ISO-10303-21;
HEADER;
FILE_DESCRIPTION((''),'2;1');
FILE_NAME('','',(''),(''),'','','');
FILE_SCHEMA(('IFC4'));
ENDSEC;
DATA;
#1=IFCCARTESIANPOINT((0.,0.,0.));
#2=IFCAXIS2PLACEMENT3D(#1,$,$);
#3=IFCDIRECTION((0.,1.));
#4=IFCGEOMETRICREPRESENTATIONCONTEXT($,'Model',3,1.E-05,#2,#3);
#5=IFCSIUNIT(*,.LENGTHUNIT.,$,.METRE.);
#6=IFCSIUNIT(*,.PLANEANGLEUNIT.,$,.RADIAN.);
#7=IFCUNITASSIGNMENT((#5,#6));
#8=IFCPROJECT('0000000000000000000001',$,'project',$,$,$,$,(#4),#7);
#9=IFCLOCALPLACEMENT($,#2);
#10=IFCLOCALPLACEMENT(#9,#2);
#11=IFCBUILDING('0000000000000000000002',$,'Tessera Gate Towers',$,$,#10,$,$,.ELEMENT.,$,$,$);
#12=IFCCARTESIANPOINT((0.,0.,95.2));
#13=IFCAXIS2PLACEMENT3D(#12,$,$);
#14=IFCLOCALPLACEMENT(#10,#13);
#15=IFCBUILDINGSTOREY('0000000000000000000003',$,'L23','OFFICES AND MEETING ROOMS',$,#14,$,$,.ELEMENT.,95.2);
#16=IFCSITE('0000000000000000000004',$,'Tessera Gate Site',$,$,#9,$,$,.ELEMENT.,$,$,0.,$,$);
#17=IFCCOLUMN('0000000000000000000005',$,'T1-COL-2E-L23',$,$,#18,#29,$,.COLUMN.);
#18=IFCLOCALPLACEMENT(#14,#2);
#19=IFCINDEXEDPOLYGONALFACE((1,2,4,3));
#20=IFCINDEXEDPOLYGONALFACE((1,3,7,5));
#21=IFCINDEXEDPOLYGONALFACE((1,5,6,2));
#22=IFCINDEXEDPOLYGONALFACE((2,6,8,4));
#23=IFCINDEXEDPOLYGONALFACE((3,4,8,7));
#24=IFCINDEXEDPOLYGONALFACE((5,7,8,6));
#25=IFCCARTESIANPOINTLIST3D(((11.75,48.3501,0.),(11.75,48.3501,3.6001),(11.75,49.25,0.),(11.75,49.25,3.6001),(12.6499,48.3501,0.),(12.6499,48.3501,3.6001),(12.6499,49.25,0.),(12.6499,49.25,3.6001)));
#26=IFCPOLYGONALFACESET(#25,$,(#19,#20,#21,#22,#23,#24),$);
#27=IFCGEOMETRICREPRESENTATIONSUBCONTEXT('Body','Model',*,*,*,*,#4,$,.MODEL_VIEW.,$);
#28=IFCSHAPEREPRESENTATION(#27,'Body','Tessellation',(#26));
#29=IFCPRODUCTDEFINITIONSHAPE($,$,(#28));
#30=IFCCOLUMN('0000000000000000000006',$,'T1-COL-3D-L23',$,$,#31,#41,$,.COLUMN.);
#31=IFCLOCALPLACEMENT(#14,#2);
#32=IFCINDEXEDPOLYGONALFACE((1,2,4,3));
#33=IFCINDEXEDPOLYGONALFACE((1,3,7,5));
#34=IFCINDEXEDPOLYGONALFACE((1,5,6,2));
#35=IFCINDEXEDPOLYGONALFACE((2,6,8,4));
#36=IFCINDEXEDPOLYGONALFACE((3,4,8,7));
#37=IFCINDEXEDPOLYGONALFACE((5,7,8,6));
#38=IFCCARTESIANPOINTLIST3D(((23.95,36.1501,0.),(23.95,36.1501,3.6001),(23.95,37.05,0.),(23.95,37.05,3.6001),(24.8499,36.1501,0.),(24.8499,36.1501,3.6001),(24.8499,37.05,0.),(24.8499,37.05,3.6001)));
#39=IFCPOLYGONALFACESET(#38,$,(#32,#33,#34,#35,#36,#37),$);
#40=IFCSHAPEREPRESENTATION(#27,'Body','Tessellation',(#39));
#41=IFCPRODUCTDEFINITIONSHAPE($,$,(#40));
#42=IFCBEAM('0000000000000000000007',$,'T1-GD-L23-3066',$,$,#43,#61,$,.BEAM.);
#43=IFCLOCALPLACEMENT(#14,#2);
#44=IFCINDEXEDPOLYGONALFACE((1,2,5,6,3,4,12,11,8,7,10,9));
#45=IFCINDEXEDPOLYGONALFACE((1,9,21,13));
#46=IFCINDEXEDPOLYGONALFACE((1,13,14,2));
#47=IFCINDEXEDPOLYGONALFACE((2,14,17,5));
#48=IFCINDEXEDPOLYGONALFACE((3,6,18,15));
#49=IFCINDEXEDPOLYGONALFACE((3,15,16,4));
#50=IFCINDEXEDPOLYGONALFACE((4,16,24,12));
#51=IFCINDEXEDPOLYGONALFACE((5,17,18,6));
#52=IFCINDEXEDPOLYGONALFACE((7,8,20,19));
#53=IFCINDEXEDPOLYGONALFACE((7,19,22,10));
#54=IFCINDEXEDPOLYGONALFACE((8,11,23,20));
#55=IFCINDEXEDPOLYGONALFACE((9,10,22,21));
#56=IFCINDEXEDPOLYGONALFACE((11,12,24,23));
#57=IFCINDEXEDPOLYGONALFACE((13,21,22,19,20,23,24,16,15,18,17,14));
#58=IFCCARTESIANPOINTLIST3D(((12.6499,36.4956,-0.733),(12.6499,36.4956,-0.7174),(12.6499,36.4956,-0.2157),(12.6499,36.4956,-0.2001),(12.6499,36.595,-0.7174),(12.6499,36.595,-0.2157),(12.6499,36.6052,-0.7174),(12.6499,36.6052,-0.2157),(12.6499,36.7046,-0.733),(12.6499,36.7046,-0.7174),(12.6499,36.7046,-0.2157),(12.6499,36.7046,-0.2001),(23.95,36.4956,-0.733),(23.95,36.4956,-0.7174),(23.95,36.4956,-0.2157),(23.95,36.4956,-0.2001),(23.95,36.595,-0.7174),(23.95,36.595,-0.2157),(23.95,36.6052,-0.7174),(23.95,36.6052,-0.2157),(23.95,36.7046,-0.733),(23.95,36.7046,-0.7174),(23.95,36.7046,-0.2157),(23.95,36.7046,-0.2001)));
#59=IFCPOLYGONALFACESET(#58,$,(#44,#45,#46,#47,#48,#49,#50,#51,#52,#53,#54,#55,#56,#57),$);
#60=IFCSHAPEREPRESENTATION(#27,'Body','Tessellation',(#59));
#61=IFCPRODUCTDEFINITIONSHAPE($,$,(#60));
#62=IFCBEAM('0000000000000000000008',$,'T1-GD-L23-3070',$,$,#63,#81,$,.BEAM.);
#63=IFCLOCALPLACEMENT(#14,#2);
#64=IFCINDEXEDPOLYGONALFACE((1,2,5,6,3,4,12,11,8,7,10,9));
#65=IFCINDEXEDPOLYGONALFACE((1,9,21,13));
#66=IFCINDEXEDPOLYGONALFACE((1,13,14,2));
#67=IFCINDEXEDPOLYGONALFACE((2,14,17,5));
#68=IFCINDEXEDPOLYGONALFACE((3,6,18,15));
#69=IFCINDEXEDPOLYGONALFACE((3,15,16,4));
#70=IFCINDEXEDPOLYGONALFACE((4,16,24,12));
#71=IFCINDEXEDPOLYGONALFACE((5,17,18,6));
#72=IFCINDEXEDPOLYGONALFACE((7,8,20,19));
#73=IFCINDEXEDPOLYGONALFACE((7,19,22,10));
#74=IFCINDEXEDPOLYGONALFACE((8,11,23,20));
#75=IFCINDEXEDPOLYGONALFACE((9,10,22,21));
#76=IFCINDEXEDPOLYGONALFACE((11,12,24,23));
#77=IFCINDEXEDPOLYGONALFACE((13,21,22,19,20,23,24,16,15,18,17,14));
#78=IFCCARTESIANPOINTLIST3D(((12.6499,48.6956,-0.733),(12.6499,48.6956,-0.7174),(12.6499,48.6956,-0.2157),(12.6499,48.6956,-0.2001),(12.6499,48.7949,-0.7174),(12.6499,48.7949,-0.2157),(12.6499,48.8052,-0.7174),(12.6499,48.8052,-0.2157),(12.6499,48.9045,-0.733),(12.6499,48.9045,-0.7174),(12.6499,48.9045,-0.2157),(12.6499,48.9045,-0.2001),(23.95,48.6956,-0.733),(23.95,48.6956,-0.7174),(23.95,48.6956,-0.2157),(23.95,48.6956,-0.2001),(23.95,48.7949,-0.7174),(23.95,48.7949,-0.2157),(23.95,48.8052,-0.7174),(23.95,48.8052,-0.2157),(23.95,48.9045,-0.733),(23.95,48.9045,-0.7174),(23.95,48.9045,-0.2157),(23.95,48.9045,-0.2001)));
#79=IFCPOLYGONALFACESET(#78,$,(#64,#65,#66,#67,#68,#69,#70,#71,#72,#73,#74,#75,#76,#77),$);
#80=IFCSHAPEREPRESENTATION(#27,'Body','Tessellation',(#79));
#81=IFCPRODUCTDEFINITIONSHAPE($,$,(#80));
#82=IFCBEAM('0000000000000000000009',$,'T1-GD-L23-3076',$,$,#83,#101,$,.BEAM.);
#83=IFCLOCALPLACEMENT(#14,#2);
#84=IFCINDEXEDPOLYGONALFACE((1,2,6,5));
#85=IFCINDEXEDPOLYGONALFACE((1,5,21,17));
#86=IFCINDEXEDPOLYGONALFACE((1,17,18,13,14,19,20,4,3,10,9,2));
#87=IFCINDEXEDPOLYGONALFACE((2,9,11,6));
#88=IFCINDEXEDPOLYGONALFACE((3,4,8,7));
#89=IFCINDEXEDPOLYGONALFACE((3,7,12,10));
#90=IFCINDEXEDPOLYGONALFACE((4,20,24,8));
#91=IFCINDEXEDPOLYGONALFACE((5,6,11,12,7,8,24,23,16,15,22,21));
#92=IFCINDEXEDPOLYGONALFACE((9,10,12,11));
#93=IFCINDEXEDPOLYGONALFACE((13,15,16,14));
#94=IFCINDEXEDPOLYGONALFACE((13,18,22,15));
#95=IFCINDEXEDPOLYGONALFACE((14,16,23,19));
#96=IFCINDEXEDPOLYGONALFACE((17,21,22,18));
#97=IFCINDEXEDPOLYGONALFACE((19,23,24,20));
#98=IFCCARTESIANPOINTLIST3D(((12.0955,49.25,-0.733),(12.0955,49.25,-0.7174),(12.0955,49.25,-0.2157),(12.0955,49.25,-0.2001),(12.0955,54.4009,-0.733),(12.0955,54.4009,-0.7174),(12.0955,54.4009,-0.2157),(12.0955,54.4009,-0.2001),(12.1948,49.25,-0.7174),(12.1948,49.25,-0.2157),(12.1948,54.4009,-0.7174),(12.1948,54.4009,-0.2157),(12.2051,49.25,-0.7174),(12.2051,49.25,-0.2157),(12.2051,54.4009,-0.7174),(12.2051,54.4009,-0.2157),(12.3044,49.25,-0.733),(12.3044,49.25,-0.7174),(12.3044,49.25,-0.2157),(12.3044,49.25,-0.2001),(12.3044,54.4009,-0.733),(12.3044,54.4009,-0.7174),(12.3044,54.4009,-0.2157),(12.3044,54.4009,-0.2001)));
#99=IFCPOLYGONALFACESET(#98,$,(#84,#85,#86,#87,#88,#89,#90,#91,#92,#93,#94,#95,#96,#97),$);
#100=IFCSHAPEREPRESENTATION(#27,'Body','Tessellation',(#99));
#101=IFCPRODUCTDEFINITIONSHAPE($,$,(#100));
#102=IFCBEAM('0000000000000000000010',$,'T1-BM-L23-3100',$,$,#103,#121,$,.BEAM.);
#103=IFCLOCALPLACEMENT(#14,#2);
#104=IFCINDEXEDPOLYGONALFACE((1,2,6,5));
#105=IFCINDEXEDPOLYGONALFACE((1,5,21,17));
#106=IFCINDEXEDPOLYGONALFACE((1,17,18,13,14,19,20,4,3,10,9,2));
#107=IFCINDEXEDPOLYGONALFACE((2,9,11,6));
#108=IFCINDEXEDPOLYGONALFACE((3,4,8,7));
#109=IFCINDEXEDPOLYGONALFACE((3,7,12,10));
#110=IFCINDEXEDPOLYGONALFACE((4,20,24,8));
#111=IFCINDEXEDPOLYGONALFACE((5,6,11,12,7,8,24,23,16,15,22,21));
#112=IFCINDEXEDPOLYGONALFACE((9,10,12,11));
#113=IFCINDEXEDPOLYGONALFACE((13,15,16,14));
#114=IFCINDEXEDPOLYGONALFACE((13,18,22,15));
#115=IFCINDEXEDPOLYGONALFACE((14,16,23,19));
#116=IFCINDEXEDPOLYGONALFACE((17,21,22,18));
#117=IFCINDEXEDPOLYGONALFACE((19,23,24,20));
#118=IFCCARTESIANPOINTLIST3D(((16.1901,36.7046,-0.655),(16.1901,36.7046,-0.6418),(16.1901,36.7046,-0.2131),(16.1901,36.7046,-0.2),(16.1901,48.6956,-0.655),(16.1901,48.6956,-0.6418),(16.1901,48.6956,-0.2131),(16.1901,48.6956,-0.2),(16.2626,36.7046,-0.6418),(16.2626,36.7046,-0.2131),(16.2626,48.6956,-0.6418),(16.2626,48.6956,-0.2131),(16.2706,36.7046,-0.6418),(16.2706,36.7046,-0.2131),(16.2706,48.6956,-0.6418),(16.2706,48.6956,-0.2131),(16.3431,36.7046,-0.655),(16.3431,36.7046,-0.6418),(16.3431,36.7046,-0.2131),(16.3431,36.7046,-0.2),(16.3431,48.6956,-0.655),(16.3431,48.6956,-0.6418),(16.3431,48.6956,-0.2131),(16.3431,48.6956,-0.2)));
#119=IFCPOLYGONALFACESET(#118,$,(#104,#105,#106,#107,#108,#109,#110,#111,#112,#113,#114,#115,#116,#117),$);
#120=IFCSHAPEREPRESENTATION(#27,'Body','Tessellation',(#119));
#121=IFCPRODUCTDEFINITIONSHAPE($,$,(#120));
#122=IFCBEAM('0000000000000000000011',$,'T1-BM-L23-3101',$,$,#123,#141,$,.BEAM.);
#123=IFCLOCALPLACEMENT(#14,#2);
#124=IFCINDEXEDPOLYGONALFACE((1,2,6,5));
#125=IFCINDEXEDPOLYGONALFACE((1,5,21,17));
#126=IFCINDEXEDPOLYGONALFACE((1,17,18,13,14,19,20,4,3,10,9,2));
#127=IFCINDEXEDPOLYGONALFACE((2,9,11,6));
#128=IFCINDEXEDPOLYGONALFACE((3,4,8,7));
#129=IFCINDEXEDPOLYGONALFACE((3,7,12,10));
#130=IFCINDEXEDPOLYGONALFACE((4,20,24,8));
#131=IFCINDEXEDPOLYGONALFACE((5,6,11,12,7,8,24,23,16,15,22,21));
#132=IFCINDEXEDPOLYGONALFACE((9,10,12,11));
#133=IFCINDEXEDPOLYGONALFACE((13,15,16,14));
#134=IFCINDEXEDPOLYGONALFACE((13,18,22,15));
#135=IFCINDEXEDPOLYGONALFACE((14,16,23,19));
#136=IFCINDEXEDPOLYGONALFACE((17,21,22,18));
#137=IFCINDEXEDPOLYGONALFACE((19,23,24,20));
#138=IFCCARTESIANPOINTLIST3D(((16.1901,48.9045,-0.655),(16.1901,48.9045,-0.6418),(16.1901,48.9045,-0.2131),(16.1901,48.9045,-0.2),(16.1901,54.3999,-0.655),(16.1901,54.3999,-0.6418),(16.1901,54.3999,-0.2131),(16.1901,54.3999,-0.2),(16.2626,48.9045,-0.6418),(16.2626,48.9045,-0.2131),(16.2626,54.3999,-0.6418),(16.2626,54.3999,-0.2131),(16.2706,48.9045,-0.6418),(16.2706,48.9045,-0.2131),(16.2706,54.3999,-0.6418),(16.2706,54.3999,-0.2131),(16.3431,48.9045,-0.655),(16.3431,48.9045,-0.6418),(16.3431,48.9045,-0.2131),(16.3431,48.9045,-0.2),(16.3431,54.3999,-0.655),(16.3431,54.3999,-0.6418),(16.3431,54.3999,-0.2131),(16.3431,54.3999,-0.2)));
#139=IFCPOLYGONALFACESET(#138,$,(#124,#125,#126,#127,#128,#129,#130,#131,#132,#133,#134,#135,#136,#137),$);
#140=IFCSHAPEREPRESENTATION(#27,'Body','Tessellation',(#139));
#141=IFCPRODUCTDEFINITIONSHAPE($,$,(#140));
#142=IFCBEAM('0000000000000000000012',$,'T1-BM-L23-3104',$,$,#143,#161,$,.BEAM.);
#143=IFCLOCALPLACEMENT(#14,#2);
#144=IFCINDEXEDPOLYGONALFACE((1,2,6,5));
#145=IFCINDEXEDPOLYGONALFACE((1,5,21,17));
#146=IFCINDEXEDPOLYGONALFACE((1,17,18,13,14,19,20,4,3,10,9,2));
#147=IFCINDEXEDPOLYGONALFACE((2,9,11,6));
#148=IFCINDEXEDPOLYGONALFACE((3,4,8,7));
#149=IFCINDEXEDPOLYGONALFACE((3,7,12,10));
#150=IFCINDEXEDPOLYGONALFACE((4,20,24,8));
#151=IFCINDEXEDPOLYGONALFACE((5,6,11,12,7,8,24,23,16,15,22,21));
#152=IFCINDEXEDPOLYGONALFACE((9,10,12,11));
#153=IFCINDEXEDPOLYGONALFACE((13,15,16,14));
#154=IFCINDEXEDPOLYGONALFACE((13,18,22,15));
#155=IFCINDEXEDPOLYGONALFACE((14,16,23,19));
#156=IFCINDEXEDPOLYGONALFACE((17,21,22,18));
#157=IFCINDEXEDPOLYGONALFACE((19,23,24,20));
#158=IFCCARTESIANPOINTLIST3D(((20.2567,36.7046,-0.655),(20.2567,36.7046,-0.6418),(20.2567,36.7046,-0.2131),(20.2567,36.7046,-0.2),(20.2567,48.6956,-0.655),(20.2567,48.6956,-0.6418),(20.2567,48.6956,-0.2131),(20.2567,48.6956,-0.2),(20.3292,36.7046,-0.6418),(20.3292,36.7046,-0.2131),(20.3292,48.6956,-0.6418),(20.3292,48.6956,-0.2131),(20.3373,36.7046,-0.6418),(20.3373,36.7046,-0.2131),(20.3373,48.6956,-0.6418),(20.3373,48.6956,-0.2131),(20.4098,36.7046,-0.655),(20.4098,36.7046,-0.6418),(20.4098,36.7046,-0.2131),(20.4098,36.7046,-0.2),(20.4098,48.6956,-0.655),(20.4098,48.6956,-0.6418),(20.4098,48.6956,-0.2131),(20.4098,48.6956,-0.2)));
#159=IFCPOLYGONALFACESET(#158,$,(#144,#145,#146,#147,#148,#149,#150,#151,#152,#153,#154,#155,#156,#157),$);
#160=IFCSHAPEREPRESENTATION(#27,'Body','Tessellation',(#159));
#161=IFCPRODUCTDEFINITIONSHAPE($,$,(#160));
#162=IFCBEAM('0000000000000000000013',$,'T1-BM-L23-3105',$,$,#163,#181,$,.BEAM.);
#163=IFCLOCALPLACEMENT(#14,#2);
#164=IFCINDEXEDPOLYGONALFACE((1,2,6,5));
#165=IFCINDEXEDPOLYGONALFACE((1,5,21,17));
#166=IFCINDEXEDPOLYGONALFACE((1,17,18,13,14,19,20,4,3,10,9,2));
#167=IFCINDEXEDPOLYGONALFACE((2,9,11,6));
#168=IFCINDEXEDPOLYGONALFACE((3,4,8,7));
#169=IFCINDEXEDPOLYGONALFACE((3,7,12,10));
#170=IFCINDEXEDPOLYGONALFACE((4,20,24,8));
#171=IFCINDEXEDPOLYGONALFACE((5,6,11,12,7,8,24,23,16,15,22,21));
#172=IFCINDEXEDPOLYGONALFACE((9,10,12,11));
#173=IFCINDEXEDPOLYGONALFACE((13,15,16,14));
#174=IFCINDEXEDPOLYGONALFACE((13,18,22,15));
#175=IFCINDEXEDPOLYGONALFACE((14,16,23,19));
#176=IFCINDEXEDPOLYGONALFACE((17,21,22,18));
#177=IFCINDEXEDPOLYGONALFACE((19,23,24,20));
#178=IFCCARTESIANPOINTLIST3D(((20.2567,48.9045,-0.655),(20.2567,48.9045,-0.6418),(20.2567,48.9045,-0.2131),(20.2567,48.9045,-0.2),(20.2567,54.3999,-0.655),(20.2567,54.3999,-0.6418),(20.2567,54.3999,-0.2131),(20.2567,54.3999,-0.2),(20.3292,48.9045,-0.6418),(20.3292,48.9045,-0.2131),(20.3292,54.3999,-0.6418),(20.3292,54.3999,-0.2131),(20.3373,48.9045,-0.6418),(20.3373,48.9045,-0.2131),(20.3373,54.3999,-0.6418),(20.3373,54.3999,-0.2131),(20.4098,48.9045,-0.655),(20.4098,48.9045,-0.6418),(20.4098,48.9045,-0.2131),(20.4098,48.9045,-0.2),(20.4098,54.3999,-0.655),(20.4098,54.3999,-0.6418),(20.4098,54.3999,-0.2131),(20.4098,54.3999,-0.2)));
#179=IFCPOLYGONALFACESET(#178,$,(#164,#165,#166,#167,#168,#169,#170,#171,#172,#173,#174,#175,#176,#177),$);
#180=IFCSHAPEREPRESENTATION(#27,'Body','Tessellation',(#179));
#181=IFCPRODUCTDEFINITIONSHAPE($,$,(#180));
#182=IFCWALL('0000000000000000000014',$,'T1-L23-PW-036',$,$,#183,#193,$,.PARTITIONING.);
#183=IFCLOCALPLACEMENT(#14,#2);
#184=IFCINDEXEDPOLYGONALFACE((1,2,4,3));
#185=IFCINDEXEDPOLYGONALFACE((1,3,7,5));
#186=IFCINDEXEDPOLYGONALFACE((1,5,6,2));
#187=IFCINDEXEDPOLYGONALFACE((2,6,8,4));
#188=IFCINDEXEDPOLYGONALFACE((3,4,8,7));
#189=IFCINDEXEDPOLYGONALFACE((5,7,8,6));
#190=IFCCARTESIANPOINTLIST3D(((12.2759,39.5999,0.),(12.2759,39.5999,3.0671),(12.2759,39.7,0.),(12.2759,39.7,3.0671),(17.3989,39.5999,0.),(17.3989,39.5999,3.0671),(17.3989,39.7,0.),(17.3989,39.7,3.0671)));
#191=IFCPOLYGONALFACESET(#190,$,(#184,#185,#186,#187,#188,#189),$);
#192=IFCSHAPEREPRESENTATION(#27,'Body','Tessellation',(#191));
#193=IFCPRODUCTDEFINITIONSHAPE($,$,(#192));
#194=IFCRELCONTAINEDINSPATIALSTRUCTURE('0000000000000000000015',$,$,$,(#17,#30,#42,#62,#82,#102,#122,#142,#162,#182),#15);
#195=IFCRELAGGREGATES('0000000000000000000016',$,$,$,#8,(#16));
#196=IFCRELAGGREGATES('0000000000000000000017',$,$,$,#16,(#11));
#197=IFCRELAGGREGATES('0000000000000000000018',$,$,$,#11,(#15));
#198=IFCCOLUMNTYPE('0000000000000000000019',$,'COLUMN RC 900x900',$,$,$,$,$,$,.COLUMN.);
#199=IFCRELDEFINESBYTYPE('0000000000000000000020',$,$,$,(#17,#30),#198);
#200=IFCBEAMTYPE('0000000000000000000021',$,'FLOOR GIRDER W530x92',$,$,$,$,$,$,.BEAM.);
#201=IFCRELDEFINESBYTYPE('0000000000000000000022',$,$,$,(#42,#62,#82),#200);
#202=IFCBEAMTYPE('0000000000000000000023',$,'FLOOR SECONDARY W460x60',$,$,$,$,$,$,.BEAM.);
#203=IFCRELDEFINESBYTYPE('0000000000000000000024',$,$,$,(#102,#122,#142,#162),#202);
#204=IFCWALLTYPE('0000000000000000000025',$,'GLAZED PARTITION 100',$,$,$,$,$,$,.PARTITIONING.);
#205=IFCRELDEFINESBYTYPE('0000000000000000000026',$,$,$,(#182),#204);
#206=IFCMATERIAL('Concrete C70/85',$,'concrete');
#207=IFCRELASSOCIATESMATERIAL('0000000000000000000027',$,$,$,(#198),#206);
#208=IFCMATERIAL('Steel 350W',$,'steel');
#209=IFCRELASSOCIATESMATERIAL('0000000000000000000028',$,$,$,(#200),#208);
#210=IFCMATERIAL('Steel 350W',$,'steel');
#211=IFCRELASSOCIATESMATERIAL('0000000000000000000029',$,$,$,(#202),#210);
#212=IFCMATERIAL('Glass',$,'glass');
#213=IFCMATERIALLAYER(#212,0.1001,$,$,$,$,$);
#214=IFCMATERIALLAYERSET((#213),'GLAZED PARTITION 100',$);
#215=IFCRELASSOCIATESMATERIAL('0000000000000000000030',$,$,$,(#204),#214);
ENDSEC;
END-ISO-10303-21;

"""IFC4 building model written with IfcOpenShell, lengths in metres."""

from ifc_helpers import new_model, si_unit, direction, frame, frame_2d, origin, origin_2d, place, context, subcontext, project, spatial, rectangle, i_section, extrude, material, layer, layer_set, material_profile, profile_set, type_object, element, save


model = new_model("IFC4")

# Units and contexts
model_context = context("Model", 3, precision=1e-05, world=origin(), true_north=direction((0.0, 1.0)))
body_context = subcontext(model_context, "Body", "Model", "MODEL_VIEW")
ifc_project = project(units=[si_unit("LENGTHUNIT", "METRE"), si_unit("PLANEANGLEUNIT", "RADIAN")], contexts=[model_context])

# Site, building, storey
site_placement = place(None, origin())
site = spatial("IfcSite", under=ifc_project, at=site_placement, Name="Tessera Gate Site", CompositionType="ELEMENT", RefElevation=0.0)
building_placement = place(site_placement, origin())
building = spatial("IfcBuilding", under=site, at=building_placement, Name="Tessera Gate Towers", CompositionType="ELEMENT")
storey_placement = place(building_placement, frame((0.0, 0.0, 95.2)))
storey = spatial("IfcBuildingStorey", under=building, at=storey_placement, Name="L23", Description="OFFICES AND MEETING ROOMS", CompositionType="ELEMENT", Elevation=95.2)

# Columns
ifc_material_1 = material(Name="Concrete C70/85", Category="concrete")
ifc_material_profile_1 = material_profile(ifc_material_1, rectangle(XDim=0.8999, YDim=0.8999, at=origin_2d()), Name="RC 900x900")
ifc_profile_set_1 = profile_set([ifc_material_profile_1], Name="Concrete C70/85")
column_type = type_object("IfcColumnType", Name="COLUMN RC 900x900", PredefinedType="COLUMN", material=ifc_profile_set_1)
for number, where, z_axis, x_axis, name in (
    (1, (12.2, 48.8, 0.0), (0.0, 0.0, 1.0), (1.0, 0.0, 0.0), "T1-COL-2E-L23"),
    (2, (24.3999, 36.6001, 0.0), (0.0, 0.0, 1.0), (1.0, 0.0, 0.0), "T1-COL-3D-L23"),
):
    element("IfcColumn", number, at=place(storey_placement, frame(where, z_axis=z_axis, x_axis=x_axis)), inside=storey, type_object=column_type, Name=name, PredefinedType="COLUMN", context=body_context, shape_type="SweptSolid", body=[
        extrude(rectangle(XDim=0.8999, YDim=0.8999, at=origin_2d()), origin(), (0.0, 0.0, 1.0), 3.6001),
    ])

# Beams
ifc_material_2 = material(Name="Steel 350W", Category="steel")
ifc_material_profile_2 = material_profile(ifc_material_2, i_section(OverallWidth=0.209, OverallDepth=0.533, WebThickness=0.0103, FlangeThickness=0.0156, at=origin_2d()), Name="W530x92")
ifc_profile_set_2 = profile_set([ifc_material_profile_2], Name="Steel 350W")
beam_type_1 = type_object("IfcBeamType", Name="FLOOR GIRDER W530x92", PredefinedType="BEAM", material=ifc_profile_set_2)
for number, where, z_axis, x_axis, name in (
    (3, (12.6499, 36.6001, -0.4666), (1.0, 0.0, 0.0), (0.0, 1.0, 0.0), "T1-GD-L23-3066"),
    (4, (12.6499, 48.8, -0.4666), (1.0, 0.0, 0.0), (0.0, 1.0, 0.0), "T1-GD-L23-3070"),
):
    element("IfcBeam", number, at=place(storey_placement, frame(where, z_axis=z_axis, x_axis=x_axis)), inside=storey, type_object=beam_type_1, Name=name, PredefinedType="BEAM", context=body_context, shape_type="SweptSolid", body=[
        extrude(i_section(OverallWidth=0.209, OverallDepth=0.533, WebThickness=0.0103, FlangeThickness=0.0156, at=origin_2d()), origin(), (0.0, 0.0, 1.0), 11.3),
    ])
beam_1_placement = place(storey_placement, frame((12.2, 49.25, -0.4666), z_axis=(0.0, 1.0, 0.0), x_axis=(-1.0, 0.0, 0.0)))
element("IfcBeam", 5, at=beam_1_placement, inside=storey, type_object=beam_type_1, Name="T1-GD-L23-3076", PredefinedType="BEAM", context=body_context, shape_type="SweptSolid", body=[
    extrude(i_section(OverallWidth=0.209, OverallDepth=0.533, WebThickness=0.0103, FlangeThickness=0.0156, at=origin_2d()), origin(), (0.0, 0.0, 1.0), 5.1509),
])
ifc_material_3 = material(Name="Steel 350W", Category="steel")
ifc_material_profile_3 = material_profile(ifc_material_3, i_section(OverallWidth=0.1531, OverallDepth=0.4551, WebThickness=0.0081, FlangeThickness=0.0132, at=origin_2d()), Name="W460x60")
ifc_profile_set_3 = profile_set([ifc_material_profile_3], Name="Steel 350W")
beam_type_2 = type_object("IfcBeamType", Name="FLOOR SECONDARY W460x60", PredefinedType="BEAM", material=ifc_profile_set_3)
beam_2_placement = place(storey_placement, frame((16.2666, 36.7046, -0.4275), z_axis=(0.0, 1.0, 0.0), x_axis=(-1.0, 0.0, 0.0)))
element("IfcBeam", 6, at=beam_2_placement, inside=storey, type_object=beam_type_2, Name="T1-BM-L23-3100", PredefinedType="BEAM", context=body_context, shape_type="SweptSolid", body=[
    extrude(i_section(OverallWidth=0.1531, OverallDepth=0.4551, WebThickness=0.0081, FlangeThickness=0.0132, at=origin_2d()), origin(), (0.0, 0.0, 1.0), 11.991),
])
beam_3_placement = place(storey_placement, frame((16.2666, 48.9045, -0.4275), z_axis=(0.0, 1.0, 0.0), x_axis=(-1.0, 0.0, 0.0)))
element("IfcBeam", 7, at=beam_3_placement, inside=storey, type_object=beam_type_2, Name="T1-BM-L23-3101", PredefinedType="BEAM", context=body_context, shape_type="SweptSolid", body=[
    extrude(i_section(OverallWidth=0.1531, OverallDepth=0.4551, WebThickness=0.0081, FlangeThickness=0.0132, at=origin_2d()), origin(), (0.0, 0.0, 1.0), 5.4954),
])
beam_4_placement = place(storey_placement, frame((20.3333, 36.7046, -0.4275), z_axis=(0.0, 1.0, 0.0), x_axis=(-1.0, 0.0, 0.0)))
element("IfcBeam", 8, at=beam_4_placement, inside=storey, type_object=beam_type_2, Name="T1-BM-L23-3104", PredefinedType="BEAM", context=body_context, shape_type="SweptSolid", body=[
    extrude(i_section(OverallWidth=0.1531, OverallDepth=0.4551, WebThickness=0.0081, FlangeThickness=0.0132, at=origin_2d()), origin(), (0.0, 0.0, 1.0), 11.991),
])
beam_5_placement = place(storey_placement, frame((20.3333, 48.9045, -0.4275), z_axis=(0.0, 1.0, 0.0), x_axis=(-1.0, 0.0, 0.0)))
element("IfcBeam", 9, at=beam_5_placement, inside=storey, type_object=beam_type_2, Name="T1-BM-L23-3105", PredefinedType="BEAM", context=body_context, shape_type="SweptSolid", body=[
    extrude(i_section(OverallWidth=0.1531, OverallDepth=0.4551, WebThickness=0.0081, FlangeThickness=0.0132, at=origin_2d()), origin(), (0.0, 0.0, 1.0), 5.4954),
])

# Wall
ifc_material_4 = material(Name="Glass", Category="glass")
ifc_layer_1 = layer(ifc_material_4, 0.1001)
ifc_layer_set_1 = layer_set([ifc_layer_1], Name="GLAZED PARTITION 100")
wall_type_1 = type_object("IfcWallType", Name="GLAZED PARTITION 100", PredefinedType="PARTITIONING", material=ifc_layer_set_1)
wall_1_placement = place(storey_placement, frame((12.2759, 39.6499, 0.0), z_axis=(0.0, 0.0, 1.0), x_axis=(1.0, 0.0, 0.0)))
element("IfcWall", 10, at=wall_1_placement, inside=storey, type_object=wall_type_1, Name="T1-L23-PW-036", PredefinedType="PARTITIONING", context=body_context, shape_type="SweptSolid", body=[
    extrude(rectangle(XDim=5.123, YDim=0.1001, at=frame_2d((2.5615, 0.0))), origin(), (0.0, 0.0, 1.0), 3.0671),
])

save(model, "model.ifc")
